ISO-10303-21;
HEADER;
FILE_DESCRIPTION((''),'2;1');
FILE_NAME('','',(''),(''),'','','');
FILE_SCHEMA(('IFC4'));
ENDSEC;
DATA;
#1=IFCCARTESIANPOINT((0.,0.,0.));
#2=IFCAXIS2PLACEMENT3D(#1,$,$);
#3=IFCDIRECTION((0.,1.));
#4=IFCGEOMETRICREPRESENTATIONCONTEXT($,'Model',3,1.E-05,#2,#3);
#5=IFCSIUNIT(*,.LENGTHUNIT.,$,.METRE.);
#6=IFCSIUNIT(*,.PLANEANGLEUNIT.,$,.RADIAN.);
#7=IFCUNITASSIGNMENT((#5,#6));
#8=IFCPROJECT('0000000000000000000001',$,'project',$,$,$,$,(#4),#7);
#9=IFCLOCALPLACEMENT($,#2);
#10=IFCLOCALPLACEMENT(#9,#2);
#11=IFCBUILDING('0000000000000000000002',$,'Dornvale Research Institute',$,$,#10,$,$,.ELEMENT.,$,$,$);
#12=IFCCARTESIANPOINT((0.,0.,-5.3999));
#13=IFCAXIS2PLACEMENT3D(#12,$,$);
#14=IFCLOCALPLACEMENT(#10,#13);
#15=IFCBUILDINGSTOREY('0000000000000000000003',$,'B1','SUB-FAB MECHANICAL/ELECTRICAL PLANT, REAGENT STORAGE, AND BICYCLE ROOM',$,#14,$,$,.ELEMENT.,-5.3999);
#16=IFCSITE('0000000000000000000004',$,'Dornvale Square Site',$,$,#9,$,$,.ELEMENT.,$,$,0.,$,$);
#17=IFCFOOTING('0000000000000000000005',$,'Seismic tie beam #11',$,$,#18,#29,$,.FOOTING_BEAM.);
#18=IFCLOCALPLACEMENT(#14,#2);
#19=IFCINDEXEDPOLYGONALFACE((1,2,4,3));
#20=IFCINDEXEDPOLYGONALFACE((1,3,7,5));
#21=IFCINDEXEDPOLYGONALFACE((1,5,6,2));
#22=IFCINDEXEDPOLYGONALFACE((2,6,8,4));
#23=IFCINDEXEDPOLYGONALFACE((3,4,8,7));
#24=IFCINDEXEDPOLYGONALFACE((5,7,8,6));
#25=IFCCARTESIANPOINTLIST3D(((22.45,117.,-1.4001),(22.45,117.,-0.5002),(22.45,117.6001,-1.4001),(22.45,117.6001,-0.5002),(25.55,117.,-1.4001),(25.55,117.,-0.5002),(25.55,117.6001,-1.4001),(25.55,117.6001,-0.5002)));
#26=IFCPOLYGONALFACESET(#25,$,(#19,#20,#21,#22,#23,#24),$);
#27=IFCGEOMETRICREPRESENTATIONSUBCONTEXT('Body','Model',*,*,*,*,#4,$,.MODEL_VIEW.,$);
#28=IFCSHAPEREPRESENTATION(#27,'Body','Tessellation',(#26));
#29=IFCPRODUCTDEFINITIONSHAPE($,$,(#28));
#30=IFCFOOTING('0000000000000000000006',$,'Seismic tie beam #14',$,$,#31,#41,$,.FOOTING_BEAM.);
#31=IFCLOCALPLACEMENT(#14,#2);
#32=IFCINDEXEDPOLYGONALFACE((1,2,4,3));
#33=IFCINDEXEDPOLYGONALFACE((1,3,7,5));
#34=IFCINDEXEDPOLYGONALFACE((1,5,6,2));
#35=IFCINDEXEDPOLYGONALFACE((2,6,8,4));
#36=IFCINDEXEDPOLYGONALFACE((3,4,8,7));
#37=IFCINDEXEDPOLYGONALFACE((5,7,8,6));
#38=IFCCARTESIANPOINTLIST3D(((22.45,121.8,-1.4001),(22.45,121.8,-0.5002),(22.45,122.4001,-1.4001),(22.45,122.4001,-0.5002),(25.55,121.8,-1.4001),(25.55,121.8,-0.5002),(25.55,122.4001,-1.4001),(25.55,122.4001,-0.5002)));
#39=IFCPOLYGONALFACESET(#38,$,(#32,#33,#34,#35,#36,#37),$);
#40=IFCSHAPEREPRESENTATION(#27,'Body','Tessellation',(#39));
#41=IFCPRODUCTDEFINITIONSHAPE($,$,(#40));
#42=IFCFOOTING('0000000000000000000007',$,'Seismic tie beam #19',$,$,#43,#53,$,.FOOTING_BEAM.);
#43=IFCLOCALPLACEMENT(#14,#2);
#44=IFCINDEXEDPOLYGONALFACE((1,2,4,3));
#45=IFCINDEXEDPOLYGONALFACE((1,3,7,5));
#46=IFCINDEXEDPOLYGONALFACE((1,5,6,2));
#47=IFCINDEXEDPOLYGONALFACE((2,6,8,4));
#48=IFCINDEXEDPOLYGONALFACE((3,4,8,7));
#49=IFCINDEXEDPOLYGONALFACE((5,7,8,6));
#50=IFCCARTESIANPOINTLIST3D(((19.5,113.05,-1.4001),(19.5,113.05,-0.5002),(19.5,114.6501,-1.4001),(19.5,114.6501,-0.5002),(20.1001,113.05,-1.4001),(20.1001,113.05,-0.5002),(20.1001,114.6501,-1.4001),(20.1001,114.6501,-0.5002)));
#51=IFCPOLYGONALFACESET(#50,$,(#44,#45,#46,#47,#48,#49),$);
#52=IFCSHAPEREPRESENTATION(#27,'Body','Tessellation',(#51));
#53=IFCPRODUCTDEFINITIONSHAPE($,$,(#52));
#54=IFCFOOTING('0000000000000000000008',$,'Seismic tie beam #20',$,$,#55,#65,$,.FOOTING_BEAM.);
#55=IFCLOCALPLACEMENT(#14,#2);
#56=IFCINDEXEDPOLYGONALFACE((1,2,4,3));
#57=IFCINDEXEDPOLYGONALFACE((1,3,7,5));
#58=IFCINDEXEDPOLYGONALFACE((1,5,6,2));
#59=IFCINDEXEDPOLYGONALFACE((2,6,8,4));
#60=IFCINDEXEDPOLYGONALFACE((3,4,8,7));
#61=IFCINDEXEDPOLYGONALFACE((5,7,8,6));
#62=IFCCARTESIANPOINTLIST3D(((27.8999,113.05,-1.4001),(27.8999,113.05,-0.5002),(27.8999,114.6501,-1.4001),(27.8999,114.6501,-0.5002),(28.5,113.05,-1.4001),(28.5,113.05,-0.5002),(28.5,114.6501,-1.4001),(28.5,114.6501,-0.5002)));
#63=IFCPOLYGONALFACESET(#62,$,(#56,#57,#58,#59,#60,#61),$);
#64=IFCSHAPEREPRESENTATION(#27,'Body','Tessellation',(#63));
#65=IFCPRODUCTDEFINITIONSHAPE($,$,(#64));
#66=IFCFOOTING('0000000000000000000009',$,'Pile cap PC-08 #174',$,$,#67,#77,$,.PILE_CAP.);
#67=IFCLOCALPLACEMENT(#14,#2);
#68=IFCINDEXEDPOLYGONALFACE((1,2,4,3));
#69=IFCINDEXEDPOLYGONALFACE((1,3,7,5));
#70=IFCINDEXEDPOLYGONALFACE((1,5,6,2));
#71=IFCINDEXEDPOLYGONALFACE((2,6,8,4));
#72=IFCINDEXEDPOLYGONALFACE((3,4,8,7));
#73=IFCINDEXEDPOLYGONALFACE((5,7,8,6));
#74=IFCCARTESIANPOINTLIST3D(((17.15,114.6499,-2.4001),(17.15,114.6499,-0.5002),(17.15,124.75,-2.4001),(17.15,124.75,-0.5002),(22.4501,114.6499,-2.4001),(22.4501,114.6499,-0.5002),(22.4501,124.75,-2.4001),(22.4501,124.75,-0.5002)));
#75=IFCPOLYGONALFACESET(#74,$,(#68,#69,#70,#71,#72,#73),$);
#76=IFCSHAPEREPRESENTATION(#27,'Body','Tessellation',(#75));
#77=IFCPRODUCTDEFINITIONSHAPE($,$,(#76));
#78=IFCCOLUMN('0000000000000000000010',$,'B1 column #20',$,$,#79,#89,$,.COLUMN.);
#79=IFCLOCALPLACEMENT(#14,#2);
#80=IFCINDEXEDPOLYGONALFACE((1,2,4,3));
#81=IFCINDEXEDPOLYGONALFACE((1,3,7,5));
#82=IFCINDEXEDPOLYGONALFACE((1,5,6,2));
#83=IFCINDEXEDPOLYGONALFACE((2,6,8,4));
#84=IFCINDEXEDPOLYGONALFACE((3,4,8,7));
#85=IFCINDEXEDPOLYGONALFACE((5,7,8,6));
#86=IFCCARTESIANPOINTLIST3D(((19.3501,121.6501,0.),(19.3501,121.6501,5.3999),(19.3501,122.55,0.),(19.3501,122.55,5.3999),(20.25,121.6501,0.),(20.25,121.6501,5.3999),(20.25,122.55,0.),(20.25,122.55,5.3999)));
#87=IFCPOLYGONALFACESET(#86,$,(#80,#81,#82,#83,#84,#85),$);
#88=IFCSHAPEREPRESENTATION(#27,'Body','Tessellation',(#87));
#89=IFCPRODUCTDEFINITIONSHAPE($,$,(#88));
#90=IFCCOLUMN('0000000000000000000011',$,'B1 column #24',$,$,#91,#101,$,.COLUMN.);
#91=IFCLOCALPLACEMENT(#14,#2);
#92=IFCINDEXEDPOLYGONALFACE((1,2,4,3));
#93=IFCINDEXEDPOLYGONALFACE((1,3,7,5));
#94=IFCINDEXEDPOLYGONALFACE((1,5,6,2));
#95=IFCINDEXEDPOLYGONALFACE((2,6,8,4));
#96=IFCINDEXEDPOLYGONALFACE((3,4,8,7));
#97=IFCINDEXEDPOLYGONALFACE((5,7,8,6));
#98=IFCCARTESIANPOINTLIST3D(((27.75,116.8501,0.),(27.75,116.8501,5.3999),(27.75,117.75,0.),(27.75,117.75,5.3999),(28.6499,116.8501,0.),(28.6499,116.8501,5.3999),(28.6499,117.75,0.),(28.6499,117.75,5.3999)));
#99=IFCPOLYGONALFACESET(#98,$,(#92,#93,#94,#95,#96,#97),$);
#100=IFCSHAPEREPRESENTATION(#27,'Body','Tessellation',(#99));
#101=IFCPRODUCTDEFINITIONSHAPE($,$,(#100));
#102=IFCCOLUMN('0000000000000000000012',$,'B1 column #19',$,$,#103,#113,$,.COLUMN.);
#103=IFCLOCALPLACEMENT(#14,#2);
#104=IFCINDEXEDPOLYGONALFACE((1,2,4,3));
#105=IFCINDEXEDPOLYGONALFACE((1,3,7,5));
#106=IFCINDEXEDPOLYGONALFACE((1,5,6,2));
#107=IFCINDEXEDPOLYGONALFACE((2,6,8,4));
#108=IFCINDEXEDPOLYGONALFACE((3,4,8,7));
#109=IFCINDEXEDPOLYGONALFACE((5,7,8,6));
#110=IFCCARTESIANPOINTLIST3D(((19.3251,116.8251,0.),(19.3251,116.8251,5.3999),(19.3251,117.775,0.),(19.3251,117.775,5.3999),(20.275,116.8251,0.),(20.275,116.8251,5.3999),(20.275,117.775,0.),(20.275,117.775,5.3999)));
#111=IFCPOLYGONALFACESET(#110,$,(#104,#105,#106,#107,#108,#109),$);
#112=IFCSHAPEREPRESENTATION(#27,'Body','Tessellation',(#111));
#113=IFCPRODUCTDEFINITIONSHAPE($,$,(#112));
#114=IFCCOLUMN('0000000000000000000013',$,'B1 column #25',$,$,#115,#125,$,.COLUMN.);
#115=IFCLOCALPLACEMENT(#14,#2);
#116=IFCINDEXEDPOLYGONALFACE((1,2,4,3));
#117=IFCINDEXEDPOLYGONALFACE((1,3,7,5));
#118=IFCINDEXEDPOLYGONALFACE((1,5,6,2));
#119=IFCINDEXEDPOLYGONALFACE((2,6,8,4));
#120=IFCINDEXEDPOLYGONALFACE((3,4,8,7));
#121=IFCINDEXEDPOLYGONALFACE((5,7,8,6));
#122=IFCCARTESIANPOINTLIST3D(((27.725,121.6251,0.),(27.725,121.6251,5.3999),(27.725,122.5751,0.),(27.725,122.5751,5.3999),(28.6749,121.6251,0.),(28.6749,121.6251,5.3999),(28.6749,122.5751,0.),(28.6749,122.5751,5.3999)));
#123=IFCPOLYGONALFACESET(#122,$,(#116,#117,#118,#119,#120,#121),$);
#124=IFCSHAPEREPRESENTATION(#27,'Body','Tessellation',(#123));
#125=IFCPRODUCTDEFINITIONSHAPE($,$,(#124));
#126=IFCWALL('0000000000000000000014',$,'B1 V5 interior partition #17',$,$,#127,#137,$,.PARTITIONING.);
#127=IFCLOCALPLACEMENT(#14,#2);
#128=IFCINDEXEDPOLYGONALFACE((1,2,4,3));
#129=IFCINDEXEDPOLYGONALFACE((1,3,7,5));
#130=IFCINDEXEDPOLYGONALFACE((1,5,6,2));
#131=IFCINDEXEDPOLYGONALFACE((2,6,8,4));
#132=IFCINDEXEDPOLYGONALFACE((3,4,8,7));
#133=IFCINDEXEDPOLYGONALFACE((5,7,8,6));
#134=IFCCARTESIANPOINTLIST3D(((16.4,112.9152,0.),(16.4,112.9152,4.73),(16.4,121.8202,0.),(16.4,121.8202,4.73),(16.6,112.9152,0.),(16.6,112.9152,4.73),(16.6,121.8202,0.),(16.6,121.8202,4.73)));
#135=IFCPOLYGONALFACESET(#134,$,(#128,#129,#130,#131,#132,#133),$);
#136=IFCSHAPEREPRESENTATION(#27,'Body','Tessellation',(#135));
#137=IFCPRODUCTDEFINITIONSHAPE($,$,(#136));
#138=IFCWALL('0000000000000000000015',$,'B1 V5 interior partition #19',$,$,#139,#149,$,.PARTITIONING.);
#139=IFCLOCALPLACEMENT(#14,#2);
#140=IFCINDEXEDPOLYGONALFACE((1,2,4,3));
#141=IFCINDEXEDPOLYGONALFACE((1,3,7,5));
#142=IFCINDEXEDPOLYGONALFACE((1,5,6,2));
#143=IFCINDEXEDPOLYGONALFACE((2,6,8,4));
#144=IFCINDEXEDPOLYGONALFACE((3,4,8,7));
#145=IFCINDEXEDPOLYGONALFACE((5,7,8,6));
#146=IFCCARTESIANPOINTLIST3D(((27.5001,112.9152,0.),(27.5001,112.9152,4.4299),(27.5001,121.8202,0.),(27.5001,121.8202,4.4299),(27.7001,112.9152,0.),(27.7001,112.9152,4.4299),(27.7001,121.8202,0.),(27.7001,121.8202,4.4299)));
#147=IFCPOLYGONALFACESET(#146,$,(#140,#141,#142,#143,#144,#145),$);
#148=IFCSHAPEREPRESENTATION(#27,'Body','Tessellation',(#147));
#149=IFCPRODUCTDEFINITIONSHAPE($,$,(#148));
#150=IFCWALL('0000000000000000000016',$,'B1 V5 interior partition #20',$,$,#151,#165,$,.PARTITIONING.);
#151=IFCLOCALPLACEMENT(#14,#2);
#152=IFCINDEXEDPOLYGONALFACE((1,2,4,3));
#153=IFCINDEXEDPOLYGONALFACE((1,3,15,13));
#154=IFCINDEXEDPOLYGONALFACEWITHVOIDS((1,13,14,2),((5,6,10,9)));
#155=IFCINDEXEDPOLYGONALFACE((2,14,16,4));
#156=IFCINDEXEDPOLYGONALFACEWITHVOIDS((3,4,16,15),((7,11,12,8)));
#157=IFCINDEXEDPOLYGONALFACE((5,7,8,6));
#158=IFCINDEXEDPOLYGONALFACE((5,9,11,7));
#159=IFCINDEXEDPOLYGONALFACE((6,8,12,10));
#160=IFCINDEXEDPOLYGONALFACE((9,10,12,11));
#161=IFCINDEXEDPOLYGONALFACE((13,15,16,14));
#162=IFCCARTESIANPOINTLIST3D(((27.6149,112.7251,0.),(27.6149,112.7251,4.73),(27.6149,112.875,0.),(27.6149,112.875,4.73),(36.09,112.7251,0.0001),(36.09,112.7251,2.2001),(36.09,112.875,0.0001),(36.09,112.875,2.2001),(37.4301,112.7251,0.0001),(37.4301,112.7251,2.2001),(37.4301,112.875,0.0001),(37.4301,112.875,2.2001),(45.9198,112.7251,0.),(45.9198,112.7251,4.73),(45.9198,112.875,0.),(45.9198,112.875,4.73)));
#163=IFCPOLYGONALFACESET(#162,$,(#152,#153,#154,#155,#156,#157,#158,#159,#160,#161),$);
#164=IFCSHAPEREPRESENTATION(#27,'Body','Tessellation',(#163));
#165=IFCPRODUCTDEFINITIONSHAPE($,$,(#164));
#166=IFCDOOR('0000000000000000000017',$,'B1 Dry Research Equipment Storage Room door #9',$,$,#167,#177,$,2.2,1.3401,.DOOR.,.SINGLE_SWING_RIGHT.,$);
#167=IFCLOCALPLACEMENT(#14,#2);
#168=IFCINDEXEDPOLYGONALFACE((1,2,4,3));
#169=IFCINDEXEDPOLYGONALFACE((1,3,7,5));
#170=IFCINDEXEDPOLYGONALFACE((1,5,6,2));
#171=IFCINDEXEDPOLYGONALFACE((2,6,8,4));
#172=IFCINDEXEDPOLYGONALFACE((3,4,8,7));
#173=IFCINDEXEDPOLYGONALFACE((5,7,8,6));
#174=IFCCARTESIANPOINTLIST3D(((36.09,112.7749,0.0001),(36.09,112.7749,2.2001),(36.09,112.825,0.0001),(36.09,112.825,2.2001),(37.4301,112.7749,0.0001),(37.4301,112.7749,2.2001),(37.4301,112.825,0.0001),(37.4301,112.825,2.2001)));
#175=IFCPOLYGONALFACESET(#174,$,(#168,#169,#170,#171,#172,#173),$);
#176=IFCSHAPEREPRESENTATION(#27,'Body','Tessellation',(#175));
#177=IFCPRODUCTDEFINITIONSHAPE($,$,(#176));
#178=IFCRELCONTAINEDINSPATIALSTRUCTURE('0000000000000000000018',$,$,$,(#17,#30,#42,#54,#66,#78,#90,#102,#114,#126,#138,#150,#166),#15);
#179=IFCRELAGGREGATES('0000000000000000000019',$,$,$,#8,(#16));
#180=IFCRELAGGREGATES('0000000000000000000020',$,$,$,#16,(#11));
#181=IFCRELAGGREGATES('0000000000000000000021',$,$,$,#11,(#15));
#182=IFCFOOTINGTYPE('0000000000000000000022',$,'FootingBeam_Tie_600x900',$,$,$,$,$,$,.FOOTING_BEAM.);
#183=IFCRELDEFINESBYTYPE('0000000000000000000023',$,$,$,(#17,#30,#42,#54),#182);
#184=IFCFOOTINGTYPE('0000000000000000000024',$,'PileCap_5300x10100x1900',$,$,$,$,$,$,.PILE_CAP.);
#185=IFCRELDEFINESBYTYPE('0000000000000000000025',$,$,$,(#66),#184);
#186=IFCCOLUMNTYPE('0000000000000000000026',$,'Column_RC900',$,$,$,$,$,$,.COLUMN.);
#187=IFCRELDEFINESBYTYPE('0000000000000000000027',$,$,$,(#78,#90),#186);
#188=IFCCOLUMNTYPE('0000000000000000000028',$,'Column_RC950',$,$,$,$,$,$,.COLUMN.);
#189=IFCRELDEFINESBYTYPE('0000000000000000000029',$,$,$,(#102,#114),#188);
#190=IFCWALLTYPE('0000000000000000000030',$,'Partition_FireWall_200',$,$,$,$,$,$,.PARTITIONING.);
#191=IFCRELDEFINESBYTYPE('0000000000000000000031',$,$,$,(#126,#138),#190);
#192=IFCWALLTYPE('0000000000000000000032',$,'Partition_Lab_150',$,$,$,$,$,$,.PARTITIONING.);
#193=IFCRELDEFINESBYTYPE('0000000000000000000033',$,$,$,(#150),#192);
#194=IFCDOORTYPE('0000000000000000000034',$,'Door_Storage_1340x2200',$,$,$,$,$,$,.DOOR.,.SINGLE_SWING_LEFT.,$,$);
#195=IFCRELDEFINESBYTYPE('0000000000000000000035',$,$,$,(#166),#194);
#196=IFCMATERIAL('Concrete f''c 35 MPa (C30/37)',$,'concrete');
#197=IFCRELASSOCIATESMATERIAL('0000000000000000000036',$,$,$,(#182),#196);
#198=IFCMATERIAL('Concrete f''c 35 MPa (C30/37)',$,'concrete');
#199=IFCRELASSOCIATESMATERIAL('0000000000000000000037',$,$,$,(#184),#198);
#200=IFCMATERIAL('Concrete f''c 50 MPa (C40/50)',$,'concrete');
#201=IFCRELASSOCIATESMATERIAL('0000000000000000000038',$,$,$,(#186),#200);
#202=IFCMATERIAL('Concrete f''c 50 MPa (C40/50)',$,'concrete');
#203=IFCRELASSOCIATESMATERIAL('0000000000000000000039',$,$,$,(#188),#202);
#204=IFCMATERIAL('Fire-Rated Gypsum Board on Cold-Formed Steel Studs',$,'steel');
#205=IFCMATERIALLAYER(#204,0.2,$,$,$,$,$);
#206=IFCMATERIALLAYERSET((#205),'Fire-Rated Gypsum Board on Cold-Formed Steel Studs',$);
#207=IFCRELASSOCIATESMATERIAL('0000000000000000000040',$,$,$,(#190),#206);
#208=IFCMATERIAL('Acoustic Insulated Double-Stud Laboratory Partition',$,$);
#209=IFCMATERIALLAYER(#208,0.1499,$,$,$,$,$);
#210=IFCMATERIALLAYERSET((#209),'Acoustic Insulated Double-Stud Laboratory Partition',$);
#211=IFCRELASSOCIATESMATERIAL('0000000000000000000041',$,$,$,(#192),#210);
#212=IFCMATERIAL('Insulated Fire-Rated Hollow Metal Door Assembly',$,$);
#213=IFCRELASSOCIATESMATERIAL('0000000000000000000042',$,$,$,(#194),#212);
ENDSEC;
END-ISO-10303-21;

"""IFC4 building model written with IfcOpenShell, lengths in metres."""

from ifc_helpers import new_model, si_unit, direction, frame, frame_2d, origin, origin_2d, place, context, subcontext, project, spatial, rectangle, extrude, material, layer, layer_set, material_profile, profile_set, type_object, element, fill, save


model = new_model("IFC4")

# Units and contexts
model_context = context("Model", 3, precision=1e-05, world=origin(), true_north=direction((0.0, 1.0)))
body_context = subcontext(model_context, "Body", "Model", "MODEL_VIEW")
ifc_project = project(units=[si_unit("LENGTHUNIT", "METRE"), si_unit("PLANEANGLEUNIT", "RADIAN")], contexts=[model_context])

# Site, building, storey
site_placement = place(None, origin())
site = spatial("IfcSite", under=ifc_project, at=site_placement, Name="Dornvale Square Site", CompositionType="ELEMENT", RefElevation=0.0)
building_placement = place(site_placement, origin())
building = spatial("IfcBuilding", under=site, at=building_placement, Name="Dornvale Research Institute", CompositionType="ELEMENT")
storey_placement = place(building_placement, frame((0.0, 0.0, -5.3999)))
storey = spatial("IfcBuildingStorey", under=building, at=storey_placement, Name="B1", Description="SUB-FAB MECHANICAL/ELECTRICAL PLANT, REAGENT STORAGE, AND BICYCLE ROOM", CompositionType="ELEMENT", Elevation=-5.3999)

# Footings
ifc_material_1 = material(Name="Concrete f'c 35 MPa (C30/37)", Category="concrete")
footing_type_1 = type_object("IfcFootingType", Name="FootingBeam_Tie_600x900", PredefinedType="FOOTING_BEAM", material=ifc_material_1)
for number, where, z_axis, x_axis, name in (
    (1, (24.0, 117.3, -1.4001), (0.0, 0.0, 1.0), (1.0, 0.0, 0.0), "Seismic tie beam #11"),
    (2, (24.0, 122.1001, -1.4001), (0.0, 0.0, 1.0), (1.0, 0.0, 0.0), "Seismic tie beam #14"),
):
    element("IfcFooting", number, at=place(storey_placement, frame(where, z_axis=z_axis, x_axis=x_axis)), inside=storey, type_object=footing_type_1, Name=name, PredefinedType="FOOTING_BEAM", context=body_context, shape_type="SweptSolid", body=[
        extrude(rectangle(XDim=3.1001, YDim=0.6001, at=origin_2d()), origin(), (0.0, 0.0, 1.0), 0.8999),
    ])
for number, where, z_axis, x_axis, name in (
    (3, (19.8, 113.8501, -1.4001), (0.0, 0.0, 1.0), (0.0, 1.0, 0.0), "Seismic tie beam #19"),
    (4, (28.2, 113.8501, -1.4001), (0.0, 0.0, 1.0), (0.0, 1.0, 0.0), "Seismic tie beam #20"),
):
    element("IfcFooting", number, at=place(storey_placement, frame(where, z_axis=z_axis, x_axis=x_axis)), inside=storey, type_object=footing_type_1, Name=name, PredefinedType="FOOTING_BEAM", context=body_context, shape_type="SweptSolid", body=[
        extrude(rectangle(XDim=1.6001, YDim=0.6001, at=origin_2d()), origin(), (0.0, 0.0, 1.0), 0.8999),
    ])
ifc_material_2 = material(Name="Concrete f'c 35 MPa (C30/37)", Category="concrete")
footing_type_2 = type_object("IfcFootingType", Name="PileCap_5300x10100x1900", PredefinedType="PILE_CAP", material=ifc_material_2)
footing_placement = place(storey_placement, frame((19.8, 119.7, -2.4001), z_axis=(0.0, 0.0, 1.0), x_axis=(1.0, 0.0, 0.0)))
element("IfcFooting", 5, at=footing_placement, inside=storey, type_object=footing_type_2, Name="Pile cap PC-08 #174", PredefinedType="PILE_CAP", context=body_context, shape_type="SweptSolid", body=[
    extrude(rectangle(XDim=5.3, YDim=10.1001, at=origin_2d()), origin(), (0.0, 0.0, 1.0), 1.8999),
])

# Columns
ifc_material_3 = material(Name="Concrete f'c 50 MPa (C40/50)", Category="concrete")
ifc_material_profile_1 = material_profile(ifc_material_3, rectangle(XDim=0.8999, YDim=0.8999, at=origin_2d()), Name="RC 900x900")
ifc_profile_set_1 = profile_set([ifc_material_profile_1], Name="Concrete f'c 50 MPa (C40/50)")
column_type_1 = type_object("IfcColumnType", Name="Column_RC900", PredefinedType="COLUMN", material=ifc_profile_set_1)
for number, where, z_axis, x_axis, name in (
    (6, (19.8, 122.1001, 0.0), (0.0, 0.0, 1.0), (1.0, 0.0, 0.0), "B1 column #20"),
    (7, (28.2, 117.3, 0.0), (0.0, 0.0, 1.0), (1.0, 0.0, 0.0), "B1 column #24"),
):
    element("IfcColumn", number, at=place(storey_placement, frame(where, z_axis=z_axis, x_axis=x_axis)), inside=storey, type_object=column_type_1, Name=name, PredefinedType="COLUMN", context=body_context, shape_type="SweptSolid", body=[
        extrude(rectangle(XDim=0.8999, YDim=0.8999, at=origin_2d()), origin(), (0.0, 0.0, 1.0), 5.3999),
    ])
ifc_material_4 = material(Name="Concrete f'c 50 MPa (C40/50)", Category="concrete")
ifc_material_profile_2 = material_profile(ifc_material_4, rectangle(XDim=0.95, YDim=0.95, at=origin_2d()), Name="RC 950x950")
ifc_profile_set_2 = profile_set([ifc_material_profile_2], Name="Concrete f'c 50 MPa (C40/50)")
column_type_2 = type_object("IfcColumnType", Name="Column_RC950", PredefinedType="COLUMN", material=ifc_profile_set_2)
for number, where, z_axis, x_axis, name in (
    (8, (19.8, 117.3, 0.0), (0.0, 0.0, 1.0), (1.0, 0.0, 0.0), "B1 column #19"),
    (9, (28.2, 122.1001, 0.0), (0.0, 0.0, 1.0), (1.0, 0.0, 0.0), "B1 column #25"),
):
    element("IfcColumn", number, at=place(storey_placement, frame(where, z_axis=z_axis, x_axis=x_axis)), inside=storey, type_object=column_type_2, Name=name, PredefinedType="COLUMN", context=body_context, shape_type="SweptSolid", body=[
        extrude(rectangle(XDim=0.95, YDim=0.95, at=origin_2d()), origin(), (0.0, 0.0, 1.0), 5.3999),
    ])

# Walls
ifc_material_5 = material(Name="Fire-Rated Gypsum Board on Cold-Formed Steel Studs", Category="steel")
ifc_layer_1 = layer(ifc_material_5, 0.2)
ifc_layer_set_1 = layer_set([ifc_layer_1], Name="Fire-Rated Gypsum Board on Cold-Formed Steel Studs")
wall_type_1 = type_object("IfcWallType", Name="Partition_FireWall_200", PredefinedType="PARTITIONING", material=ifc_layer_set_1)
wall_1_placement = place(storey_placement, frame((16.5, 112.915, 0.0), z_axis=(0.0, 0.0, 1.0), x_axis=(0.0, 1.0, 0.0)))
element("IfcWall", 10, at=wall_1_placement, inside=storey, type_object=wall_type_1, Name="B1 V5 interior partition #17", PredefinedType="PARTITIONING", context=body_context, shape_type="SweptSolid", body=[
    extrude(rectangle(XDim=8.905, YDim=0.2, at=frame_2d((4.4526, 0.0))), origin(), (0.0, 0.0, 1.0), 4.73),
])
wall_2_placement = place(storey_placement, frame((27.6001, 112.915, 0.0), z_axis=(0.0, 0.0, 1.0), x_axis=(0.0, 1.0, 0.0)))
element("IfcWall", 11, at=wall_2_placement, inside=storey, type_object=wall_type_1, Name="B1 V5 interior partition #19", PredefinedType="PARTITIONING", context=body_context, shape_type="SweptSolid", body=[
    extrude(rectangle(XDim=8.905, YDim=0.2, at=frame_2d((4.4526, 0.0))), origin(), (0.0, 0.0, 1.0), 4.4299),
])

# Wall, opening, door
ifc_material_6 = material(Name="Acoustic Insulated Double-Stud Laboratory Partition")
ifc_layer_2 = layer(ifc_material_6, 0.1499)
ifc_layer_set_2 = layer_set([ifc_layer_2], Name="Acoustic Insulated Double-Stud Laboratory Partition")
wall_type_2 = type_object("IfcWallType", Name="Partition_Lab_150", PredefinedType="PARTITIONING", material=ifc_layer_set_2)
wall_3_placement = place(storey_placement, frame((27.615, 112.8, 0.0), z_axis=(0.0, 0.0, 1.0), x_axis=(1.0, 0.0, 0.0)))
wall_3 = element("IfcWall", 12, at=wall_3_placement, inside=storey, type_object=wall_type_2, Name="B1 V5 interior partition #20", PredefinedType="PARTITIONING", context=body_context, shape_type="SweptSolid", body=[
    extrude(rectangle(XDim=18.3049, YDim=0.1499, at=frame_2d((9.1523, 0.0))), origin(), (0.0, 0.0, 1.0), 4.73),
])
opening_placement = place(wall_3_placement, frame((8.4751, 0.0, 0.0)))
opening = element("IfcOpeningElement", 13, at=opening_placement, cuts=wall_3, PredefinedType="OPENING", context=body_context, shape_type="SweptSolid", body=[
    extrude(rectangle(XDim=1.3401, YDim=2.2, at=frame_2d((0.6699, 1.1001))), frame((0.0, 0.0898, 0.0), z_axis=(0.0, -1.0, 0.0), x_axis=(1.0, 0.0, 0.0)), (0.0, 0.0, 1.0), 0.1799),
])
ifc_material_7 = material(Name="Insulated Fire-Rated Hollow Metal Door Assembly")
door_type = type_object("IfcDoorType", Name="Door_Storage_1340x2200", OperationType="SINGLE_SWING_LEFT", PredefinedType="DOOR", material=ifc_material_7)
door_placement = place(opening_placement, origin())
door = element("IfcDoor", 14, at=door_placement, inside=storey, type_object=door_type, Name="B1 Dry Research Equipment Storage Room door #9", OperationType="SINGLE_SWING_RIGHT", OverallHeight=2.2, OverallWidth=1.3401, PredefinedType="DOOR", context=body_context, shape_type="SweptSolid", body=[
    extrude(rectangle(XDim=1.3401, YDim=2.2, at=frame_2d((0.6699, 1.1001))), frame((0.0, 0.0249, 0.0), z_axis=(0.0, -1.0, 0.0), x_axis=(1.0, 0.0, 0.0)), (0.0, 0.0, 1.0), 0.05),
])
fill(opening, door)

save(model, "model.ifc")
